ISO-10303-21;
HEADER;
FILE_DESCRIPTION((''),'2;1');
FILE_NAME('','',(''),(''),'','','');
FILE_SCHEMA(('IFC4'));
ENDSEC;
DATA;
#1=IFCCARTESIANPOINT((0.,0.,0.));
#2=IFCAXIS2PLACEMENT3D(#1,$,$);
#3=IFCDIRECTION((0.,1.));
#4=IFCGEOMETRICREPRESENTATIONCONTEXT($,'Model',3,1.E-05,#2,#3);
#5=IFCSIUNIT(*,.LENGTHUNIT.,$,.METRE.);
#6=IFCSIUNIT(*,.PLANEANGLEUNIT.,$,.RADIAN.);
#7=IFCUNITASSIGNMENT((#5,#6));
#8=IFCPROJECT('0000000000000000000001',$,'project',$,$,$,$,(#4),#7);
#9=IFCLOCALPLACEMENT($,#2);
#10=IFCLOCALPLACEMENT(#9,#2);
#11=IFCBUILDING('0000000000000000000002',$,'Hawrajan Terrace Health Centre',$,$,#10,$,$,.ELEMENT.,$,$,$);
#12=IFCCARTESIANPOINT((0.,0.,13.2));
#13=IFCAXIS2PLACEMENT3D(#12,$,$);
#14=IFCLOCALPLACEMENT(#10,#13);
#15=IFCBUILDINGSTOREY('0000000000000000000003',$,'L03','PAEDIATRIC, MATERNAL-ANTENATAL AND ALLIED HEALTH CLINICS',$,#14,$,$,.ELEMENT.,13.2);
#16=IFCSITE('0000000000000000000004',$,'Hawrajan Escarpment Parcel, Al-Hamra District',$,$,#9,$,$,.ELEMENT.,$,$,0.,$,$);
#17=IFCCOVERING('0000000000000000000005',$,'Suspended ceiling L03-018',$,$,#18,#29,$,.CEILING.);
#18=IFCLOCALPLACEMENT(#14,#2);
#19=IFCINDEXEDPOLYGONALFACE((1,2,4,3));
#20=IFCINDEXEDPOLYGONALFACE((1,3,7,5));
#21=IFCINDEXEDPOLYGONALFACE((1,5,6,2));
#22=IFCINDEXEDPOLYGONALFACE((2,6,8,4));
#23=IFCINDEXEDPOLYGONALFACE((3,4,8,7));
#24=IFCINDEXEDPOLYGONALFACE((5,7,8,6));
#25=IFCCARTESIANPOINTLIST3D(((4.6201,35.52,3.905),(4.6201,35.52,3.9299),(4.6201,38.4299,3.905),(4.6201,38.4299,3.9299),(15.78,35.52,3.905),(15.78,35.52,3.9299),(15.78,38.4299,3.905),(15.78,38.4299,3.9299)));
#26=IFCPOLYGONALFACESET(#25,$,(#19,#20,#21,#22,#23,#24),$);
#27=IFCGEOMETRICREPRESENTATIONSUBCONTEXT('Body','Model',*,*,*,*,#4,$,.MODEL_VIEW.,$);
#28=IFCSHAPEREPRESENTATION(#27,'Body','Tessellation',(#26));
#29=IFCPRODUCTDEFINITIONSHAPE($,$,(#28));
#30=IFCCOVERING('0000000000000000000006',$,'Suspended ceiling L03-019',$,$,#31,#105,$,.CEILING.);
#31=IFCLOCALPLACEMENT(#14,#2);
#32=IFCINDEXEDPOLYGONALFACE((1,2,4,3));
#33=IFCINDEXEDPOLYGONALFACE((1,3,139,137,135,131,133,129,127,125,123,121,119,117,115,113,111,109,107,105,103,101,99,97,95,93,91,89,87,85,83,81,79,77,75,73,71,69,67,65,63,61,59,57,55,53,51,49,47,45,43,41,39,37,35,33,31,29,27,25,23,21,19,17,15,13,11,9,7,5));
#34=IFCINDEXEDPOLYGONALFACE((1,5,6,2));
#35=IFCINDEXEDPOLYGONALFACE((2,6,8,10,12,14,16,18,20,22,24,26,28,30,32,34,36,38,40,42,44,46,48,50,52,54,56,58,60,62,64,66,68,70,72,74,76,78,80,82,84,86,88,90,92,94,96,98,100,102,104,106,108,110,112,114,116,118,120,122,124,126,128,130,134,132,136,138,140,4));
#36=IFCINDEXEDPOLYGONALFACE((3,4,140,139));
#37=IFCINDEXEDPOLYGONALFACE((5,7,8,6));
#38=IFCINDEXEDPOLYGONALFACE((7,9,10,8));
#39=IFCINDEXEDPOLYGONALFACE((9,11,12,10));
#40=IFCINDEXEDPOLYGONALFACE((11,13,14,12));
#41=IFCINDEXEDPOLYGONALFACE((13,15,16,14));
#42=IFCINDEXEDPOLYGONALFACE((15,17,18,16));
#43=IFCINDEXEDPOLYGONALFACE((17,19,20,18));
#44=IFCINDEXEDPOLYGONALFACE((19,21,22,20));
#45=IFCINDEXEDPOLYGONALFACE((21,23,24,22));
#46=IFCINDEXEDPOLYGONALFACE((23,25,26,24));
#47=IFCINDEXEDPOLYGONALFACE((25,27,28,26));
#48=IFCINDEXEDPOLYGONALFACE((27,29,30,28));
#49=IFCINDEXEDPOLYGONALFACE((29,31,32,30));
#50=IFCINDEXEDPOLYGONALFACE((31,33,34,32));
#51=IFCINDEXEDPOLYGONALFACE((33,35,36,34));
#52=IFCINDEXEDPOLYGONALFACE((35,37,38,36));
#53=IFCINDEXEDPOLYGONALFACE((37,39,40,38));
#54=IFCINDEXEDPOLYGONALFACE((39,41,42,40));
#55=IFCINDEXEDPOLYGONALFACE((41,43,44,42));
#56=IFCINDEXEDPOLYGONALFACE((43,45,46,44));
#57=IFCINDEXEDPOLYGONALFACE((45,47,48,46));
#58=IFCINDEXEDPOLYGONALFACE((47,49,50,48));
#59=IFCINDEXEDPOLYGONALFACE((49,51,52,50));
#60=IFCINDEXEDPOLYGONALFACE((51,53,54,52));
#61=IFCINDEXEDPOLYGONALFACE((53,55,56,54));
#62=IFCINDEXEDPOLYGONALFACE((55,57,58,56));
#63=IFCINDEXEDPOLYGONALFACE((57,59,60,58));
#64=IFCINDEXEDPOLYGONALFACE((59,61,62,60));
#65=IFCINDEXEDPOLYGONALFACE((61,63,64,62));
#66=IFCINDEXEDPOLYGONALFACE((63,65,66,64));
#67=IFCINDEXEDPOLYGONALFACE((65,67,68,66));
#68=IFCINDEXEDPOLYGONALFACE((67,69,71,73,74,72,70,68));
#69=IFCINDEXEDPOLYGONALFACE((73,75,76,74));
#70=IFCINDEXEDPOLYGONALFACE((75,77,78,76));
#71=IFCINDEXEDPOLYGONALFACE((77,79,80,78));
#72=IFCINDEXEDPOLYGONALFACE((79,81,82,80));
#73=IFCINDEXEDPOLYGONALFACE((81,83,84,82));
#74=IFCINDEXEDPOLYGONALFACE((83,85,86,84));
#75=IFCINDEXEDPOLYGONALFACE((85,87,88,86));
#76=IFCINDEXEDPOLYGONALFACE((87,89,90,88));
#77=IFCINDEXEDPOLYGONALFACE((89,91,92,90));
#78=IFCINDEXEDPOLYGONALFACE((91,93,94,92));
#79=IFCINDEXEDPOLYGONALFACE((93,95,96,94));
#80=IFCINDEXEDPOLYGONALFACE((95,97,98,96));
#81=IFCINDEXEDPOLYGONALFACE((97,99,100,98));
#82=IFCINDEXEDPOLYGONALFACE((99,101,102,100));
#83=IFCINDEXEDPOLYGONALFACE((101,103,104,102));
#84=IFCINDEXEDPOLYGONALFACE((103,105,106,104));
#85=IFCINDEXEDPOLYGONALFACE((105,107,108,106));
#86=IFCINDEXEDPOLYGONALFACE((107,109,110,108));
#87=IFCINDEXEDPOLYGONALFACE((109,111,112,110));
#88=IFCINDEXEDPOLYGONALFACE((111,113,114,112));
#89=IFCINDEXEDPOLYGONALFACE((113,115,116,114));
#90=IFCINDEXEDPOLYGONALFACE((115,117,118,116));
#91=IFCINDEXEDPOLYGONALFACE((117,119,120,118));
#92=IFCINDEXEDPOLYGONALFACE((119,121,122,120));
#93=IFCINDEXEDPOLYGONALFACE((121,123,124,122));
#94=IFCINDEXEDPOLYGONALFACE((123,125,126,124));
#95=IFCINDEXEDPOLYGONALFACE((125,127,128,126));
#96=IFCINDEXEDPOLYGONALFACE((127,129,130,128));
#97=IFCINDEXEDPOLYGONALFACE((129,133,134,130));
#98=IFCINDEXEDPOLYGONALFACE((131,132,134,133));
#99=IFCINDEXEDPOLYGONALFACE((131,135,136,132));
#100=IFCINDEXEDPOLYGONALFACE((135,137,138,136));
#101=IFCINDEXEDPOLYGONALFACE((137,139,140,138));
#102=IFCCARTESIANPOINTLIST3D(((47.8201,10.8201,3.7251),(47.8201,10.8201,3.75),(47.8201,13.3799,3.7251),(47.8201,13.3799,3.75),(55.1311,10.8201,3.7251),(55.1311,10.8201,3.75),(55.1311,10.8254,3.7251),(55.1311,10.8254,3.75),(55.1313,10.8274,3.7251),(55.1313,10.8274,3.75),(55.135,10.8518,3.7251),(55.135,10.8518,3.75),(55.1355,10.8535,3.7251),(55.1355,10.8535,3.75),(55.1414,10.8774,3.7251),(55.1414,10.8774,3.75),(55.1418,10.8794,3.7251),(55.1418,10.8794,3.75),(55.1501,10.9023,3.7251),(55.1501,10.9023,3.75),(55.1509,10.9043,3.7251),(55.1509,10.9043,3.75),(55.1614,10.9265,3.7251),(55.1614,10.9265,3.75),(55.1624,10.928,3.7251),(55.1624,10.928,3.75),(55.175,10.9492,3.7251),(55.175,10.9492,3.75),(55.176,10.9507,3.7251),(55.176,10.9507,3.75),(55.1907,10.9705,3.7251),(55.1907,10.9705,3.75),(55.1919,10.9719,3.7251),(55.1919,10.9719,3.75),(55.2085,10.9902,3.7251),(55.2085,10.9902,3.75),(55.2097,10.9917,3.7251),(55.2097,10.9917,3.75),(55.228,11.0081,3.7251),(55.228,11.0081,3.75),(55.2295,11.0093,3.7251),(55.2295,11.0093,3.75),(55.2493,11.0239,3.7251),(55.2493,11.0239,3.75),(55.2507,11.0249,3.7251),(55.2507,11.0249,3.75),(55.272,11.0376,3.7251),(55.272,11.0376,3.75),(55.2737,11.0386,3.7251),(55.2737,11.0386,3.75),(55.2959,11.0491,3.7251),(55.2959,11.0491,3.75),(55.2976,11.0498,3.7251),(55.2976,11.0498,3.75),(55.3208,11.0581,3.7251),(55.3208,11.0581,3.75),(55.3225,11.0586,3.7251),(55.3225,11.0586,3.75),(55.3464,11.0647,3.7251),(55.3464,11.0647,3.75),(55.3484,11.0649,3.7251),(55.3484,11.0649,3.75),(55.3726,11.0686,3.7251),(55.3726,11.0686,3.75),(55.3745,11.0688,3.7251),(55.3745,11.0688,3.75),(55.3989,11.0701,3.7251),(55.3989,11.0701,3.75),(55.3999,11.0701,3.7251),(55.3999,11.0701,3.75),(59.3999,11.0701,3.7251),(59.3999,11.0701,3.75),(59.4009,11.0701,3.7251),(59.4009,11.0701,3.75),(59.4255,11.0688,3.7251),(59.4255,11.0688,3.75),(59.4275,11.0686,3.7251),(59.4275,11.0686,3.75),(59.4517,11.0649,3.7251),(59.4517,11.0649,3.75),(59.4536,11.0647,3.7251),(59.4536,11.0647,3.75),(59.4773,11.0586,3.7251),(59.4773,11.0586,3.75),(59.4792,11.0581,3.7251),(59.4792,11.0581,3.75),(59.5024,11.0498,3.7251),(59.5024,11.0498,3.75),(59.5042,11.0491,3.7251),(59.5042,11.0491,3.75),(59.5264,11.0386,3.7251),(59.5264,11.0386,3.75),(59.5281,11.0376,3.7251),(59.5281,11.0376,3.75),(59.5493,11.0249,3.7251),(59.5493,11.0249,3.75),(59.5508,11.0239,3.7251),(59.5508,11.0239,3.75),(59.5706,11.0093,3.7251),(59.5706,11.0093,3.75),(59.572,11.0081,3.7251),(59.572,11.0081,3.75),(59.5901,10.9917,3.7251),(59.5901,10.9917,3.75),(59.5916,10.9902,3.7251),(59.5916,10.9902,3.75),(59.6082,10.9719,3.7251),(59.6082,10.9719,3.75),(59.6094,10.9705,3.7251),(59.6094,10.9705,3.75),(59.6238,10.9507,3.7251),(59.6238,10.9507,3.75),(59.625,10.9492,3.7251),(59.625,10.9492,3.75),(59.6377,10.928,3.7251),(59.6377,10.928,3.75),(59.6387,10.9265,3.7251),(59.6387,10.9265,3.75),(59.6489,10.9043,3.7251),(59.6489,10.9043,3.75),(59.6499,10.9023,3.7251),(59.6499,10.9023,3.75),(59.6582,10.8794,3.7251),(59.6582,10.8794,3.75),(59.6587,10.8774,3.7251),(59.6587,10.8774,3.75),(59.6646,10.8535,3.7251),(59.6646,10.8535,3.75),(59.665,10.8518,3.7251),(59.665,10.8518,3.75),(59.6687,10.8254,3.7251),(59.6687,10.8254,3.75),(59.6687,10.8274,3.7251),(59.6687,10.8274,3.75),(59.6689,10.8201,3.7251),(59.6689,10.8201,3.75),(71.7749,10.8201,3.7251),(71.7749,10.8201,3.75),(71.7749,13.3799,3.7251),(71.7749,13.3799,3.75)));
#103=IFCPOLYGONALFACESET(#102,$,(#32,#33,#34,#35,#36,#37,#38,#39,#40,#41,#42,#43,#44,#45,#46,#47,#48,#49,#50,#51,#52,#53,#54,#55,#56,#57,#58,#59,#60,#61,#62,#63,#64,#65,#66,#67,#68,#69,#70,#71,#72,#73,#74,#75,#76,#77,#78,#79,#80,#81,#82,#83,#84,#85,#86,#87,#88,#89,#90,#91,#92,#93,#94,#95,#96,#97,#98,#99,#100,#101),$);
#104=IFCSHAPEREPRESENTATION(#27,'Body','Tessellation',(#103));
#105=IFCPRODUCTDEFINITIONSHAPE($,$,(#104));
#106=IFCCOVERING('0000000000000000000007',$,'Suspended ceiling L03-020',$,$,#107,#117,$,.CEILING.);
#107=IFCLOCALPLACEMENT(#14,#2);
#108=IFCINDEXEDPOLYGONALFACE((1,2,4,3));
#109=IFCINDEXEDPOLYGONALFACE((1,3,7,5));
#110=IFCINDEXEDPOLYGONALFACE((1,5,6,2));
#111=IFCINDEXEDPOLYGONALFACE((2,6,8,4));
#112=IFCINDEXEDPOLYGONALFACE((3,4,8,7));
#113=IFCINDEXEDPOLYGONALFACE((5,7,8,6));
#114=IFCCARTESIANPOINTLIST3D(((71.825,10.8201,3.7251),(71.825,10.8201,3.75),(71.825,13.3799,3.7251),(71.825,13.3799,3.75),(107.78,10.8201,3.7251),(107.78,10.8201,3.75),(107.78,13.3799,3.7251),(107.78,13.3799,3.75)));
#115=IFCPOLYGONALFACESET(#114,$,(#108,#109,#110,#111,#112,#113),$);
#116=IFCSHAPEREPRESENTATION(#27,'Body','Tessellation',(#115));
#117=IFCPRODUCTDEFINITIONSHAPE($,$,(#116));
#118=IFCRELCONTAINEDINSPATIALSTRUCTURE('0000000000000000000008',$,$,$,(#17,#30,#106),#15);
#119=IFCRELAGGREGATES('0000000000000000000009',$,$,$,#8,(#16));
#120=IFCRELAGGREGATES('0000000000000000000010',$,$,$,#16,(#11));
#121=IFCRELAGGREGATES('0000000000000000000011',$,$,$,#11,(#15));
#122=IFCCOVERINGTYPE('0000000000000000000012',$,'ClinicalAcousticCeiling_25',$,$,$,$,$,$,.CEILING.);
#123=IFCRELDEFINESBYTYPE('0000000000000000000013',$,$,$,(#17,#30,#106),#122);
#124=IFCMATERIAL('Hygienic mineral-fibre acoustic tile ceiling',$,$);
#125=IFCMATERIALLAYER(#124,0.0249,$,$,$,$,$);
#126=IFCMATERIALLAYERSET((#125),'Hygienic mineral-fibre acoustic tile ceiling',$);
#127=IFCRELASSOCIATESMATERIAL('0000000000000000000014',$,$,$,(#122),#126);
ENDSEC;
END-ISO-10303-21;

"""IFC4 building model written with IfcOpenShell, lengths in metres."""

from ifc_helpers import new_model, si_unit, direction, frame, origin, place, context, subcontext, project, spatial, polyline, outline, extrude, material, layer, layer_set, type_object, element, save


model = new_model("IFC4")

# Units and contexts
model_context = context("Model", 3, precision=1e-05, world=origin(), true_north=direction((0.0, 1.0)))
body_context = subcontext(model_context, "Body", "Model", "MODEL_VIEW")
ifc_project = project(units=[si_unit("LENGTHUNIT", "METRE"), si_unit("PLANEANGLEUNIT", "RADIAN")], contexts=[model_context])

# Site, building, storey
site_placement = place(None, origin())
site = spatial("IfcSite", under=ifc_project, at=site_placement, Name="Hawrajan Escarpment Parcel, Al-Hamra District", CompositionType="ELEMENT", RefElevation=0.0)
building_placement = place(site_placement, origin())
building = spatial("IfcBuilding", under=site, at=building_placement, Name="Hawrajan Terrace Health Centre", CompositionType="ELEMENT")
storey_placement = place(building_placement, frame((0.0, 0.0, 13.2)))
storey = spatial("IfcBuildingStorey", under=building, at=storey_placement, Name="L03", Description="PAEDIATRIC, MATERNAL-ANTENATAL AND ALLIED HEALTH CLINICS", CompositionType="ELEMENT", Elevation=13.2)

# Coverings
ifc_material_1 = material(Name="Hygienic mineral-fibre acoustic tile ceiling")
ifc_layer_1 = layer(ifc_material_1, 0.0249)
ifc_layer_set_1 = layer_set([ifc_layer_1], Name="Hygienic mineral-fibre acoustic tile ceiling")
covering_type_1 = type_object("IfcCoveringType", Name="ClinicalAcousticCeiling_25", PredefinedType="CEILING", material=ifc_layer_set_1)
covering_1_placement = place(storey_placement, frame((0.0, 0.0, 3.905)))
element("IfcCovering", 1, at=covering_1_placement, inside=storey, type_object=covering_type_1, Name="Suspended ceiling L03-018", PredefinedType="CEILING", context=body_context, shape_type="SweptSolid", body=[
    extrude(outline(polyline([(4.6201, 38.4299), (15.78, 38.4299), (15.78, 35.52), (4.6201, 35.52), (4.6201, 38.4299)])), origin(), (0.0, 0.0, 1.0), 0.0249),
])
covering_2_placement = place(storey_placement, frame((0.0, 0.0, 3.7251)))
element("IfcCovering", 2, at=covering_2_placement, inside=storey, type_object=covering_type_1, Name="Suspended ceiling L03-019", PredefinedType="CEILING", context=body_context, shape_type="SweptSolid", body=[
    extrude(outline(polyline([(47.8201, 10.8201), (47.8201, 13.3799), (71.7749, 13.3799), (71.7749, 10.8201), (59.6689, 10.8201), (59.6687, 10.8254), (59.6687, 10.8274), (59.665, 10.8518), (59.6646, 10.8535), (59.6587, 10.8774), (59.6582, 10.8794), (59.6499, 10.9023), (59.6489, 10.9043), (59.6387, 10.9265), (59.6377, 10.928), (59.625, 10.9492), (59.6238, 10.9507), (59.6094, 10.9705), (59.6082, 10.9719), (59.5916, 10.9902), (59.5901, 10.9917), (59.572, 11.0081), (59.5706, 11.0093), (59.5508, 11.0239), (59.5493, 11.0249), (59.5281, 11.0376), (59.5264, 11.0386), (59.5042, 11.0491), (59.5024, 11.0498), (59.4792, 11.0581), (59.4773, 11.0586), (59.4536, 11.0647), (59.4517, 11.0649), (59.4275, 11.0686), (59.4255, 11.0688), (59.4009, 11.0701), (59.3999, 11.0701), (55.3999, 11.0701), (55.3989, 11.0701), (55.3745, 11.0688), (55.3726, 11.0686), (55.3484, 11.0649), (55.3464, 11.0647), (55.3225, 11.0586), (55.3208, 11.0581), (55.2976, 11.0498), (55.2959, 11.0491), (55.2737, 11.0386), (55.272, 11.0376), (55.2507, 11.0249), (55.2493, 11.0239), (55.2295, 11.0093), (55.228, 11.0081), (55.2097, 10.9917), (55.2085, 10.9902), (55.1919, 10.9719), (55.1907, 10.9705), (55.176, 10.9507), (55.175, 10.9492), (55.1624, 10.928), (55.1614, 10.9265), (55.1509, 10.9043), (55.1501, 10.9023), (55.1418, 10.8794), (55.1414, 10.8774), (55.1355, 10.8535), (55.135, 10.8518), (55.1313, 10.8274), (55.1311, 10.8254), (55.1311, 10.8201), (47.8201, 10.8201)])), origin(), (0.0, 0.0, 1.0), 0.0249),
])
covering_3_placement = place(storey_placement, frame((0.0, 0.0, 3.7251)))
element("IfcCovering", 3, at=covering_3_placement, inside=storey, type_object=covering_type_1, Name="Suspended ceiling L03-020", PredefinedType="CEILING", context=body_context, shape_type="SweptSolid", body=[
    extrude(outline(polyline([(71.825, 13.3799), (107.78, 13.3799), (107.78, 10.8201), (71.825, 10.8201), (71.825, 13.3799)])), origin(), (0.0, 0.0, 1.0), 0.0249),
])

save(model, "model.ifc")
